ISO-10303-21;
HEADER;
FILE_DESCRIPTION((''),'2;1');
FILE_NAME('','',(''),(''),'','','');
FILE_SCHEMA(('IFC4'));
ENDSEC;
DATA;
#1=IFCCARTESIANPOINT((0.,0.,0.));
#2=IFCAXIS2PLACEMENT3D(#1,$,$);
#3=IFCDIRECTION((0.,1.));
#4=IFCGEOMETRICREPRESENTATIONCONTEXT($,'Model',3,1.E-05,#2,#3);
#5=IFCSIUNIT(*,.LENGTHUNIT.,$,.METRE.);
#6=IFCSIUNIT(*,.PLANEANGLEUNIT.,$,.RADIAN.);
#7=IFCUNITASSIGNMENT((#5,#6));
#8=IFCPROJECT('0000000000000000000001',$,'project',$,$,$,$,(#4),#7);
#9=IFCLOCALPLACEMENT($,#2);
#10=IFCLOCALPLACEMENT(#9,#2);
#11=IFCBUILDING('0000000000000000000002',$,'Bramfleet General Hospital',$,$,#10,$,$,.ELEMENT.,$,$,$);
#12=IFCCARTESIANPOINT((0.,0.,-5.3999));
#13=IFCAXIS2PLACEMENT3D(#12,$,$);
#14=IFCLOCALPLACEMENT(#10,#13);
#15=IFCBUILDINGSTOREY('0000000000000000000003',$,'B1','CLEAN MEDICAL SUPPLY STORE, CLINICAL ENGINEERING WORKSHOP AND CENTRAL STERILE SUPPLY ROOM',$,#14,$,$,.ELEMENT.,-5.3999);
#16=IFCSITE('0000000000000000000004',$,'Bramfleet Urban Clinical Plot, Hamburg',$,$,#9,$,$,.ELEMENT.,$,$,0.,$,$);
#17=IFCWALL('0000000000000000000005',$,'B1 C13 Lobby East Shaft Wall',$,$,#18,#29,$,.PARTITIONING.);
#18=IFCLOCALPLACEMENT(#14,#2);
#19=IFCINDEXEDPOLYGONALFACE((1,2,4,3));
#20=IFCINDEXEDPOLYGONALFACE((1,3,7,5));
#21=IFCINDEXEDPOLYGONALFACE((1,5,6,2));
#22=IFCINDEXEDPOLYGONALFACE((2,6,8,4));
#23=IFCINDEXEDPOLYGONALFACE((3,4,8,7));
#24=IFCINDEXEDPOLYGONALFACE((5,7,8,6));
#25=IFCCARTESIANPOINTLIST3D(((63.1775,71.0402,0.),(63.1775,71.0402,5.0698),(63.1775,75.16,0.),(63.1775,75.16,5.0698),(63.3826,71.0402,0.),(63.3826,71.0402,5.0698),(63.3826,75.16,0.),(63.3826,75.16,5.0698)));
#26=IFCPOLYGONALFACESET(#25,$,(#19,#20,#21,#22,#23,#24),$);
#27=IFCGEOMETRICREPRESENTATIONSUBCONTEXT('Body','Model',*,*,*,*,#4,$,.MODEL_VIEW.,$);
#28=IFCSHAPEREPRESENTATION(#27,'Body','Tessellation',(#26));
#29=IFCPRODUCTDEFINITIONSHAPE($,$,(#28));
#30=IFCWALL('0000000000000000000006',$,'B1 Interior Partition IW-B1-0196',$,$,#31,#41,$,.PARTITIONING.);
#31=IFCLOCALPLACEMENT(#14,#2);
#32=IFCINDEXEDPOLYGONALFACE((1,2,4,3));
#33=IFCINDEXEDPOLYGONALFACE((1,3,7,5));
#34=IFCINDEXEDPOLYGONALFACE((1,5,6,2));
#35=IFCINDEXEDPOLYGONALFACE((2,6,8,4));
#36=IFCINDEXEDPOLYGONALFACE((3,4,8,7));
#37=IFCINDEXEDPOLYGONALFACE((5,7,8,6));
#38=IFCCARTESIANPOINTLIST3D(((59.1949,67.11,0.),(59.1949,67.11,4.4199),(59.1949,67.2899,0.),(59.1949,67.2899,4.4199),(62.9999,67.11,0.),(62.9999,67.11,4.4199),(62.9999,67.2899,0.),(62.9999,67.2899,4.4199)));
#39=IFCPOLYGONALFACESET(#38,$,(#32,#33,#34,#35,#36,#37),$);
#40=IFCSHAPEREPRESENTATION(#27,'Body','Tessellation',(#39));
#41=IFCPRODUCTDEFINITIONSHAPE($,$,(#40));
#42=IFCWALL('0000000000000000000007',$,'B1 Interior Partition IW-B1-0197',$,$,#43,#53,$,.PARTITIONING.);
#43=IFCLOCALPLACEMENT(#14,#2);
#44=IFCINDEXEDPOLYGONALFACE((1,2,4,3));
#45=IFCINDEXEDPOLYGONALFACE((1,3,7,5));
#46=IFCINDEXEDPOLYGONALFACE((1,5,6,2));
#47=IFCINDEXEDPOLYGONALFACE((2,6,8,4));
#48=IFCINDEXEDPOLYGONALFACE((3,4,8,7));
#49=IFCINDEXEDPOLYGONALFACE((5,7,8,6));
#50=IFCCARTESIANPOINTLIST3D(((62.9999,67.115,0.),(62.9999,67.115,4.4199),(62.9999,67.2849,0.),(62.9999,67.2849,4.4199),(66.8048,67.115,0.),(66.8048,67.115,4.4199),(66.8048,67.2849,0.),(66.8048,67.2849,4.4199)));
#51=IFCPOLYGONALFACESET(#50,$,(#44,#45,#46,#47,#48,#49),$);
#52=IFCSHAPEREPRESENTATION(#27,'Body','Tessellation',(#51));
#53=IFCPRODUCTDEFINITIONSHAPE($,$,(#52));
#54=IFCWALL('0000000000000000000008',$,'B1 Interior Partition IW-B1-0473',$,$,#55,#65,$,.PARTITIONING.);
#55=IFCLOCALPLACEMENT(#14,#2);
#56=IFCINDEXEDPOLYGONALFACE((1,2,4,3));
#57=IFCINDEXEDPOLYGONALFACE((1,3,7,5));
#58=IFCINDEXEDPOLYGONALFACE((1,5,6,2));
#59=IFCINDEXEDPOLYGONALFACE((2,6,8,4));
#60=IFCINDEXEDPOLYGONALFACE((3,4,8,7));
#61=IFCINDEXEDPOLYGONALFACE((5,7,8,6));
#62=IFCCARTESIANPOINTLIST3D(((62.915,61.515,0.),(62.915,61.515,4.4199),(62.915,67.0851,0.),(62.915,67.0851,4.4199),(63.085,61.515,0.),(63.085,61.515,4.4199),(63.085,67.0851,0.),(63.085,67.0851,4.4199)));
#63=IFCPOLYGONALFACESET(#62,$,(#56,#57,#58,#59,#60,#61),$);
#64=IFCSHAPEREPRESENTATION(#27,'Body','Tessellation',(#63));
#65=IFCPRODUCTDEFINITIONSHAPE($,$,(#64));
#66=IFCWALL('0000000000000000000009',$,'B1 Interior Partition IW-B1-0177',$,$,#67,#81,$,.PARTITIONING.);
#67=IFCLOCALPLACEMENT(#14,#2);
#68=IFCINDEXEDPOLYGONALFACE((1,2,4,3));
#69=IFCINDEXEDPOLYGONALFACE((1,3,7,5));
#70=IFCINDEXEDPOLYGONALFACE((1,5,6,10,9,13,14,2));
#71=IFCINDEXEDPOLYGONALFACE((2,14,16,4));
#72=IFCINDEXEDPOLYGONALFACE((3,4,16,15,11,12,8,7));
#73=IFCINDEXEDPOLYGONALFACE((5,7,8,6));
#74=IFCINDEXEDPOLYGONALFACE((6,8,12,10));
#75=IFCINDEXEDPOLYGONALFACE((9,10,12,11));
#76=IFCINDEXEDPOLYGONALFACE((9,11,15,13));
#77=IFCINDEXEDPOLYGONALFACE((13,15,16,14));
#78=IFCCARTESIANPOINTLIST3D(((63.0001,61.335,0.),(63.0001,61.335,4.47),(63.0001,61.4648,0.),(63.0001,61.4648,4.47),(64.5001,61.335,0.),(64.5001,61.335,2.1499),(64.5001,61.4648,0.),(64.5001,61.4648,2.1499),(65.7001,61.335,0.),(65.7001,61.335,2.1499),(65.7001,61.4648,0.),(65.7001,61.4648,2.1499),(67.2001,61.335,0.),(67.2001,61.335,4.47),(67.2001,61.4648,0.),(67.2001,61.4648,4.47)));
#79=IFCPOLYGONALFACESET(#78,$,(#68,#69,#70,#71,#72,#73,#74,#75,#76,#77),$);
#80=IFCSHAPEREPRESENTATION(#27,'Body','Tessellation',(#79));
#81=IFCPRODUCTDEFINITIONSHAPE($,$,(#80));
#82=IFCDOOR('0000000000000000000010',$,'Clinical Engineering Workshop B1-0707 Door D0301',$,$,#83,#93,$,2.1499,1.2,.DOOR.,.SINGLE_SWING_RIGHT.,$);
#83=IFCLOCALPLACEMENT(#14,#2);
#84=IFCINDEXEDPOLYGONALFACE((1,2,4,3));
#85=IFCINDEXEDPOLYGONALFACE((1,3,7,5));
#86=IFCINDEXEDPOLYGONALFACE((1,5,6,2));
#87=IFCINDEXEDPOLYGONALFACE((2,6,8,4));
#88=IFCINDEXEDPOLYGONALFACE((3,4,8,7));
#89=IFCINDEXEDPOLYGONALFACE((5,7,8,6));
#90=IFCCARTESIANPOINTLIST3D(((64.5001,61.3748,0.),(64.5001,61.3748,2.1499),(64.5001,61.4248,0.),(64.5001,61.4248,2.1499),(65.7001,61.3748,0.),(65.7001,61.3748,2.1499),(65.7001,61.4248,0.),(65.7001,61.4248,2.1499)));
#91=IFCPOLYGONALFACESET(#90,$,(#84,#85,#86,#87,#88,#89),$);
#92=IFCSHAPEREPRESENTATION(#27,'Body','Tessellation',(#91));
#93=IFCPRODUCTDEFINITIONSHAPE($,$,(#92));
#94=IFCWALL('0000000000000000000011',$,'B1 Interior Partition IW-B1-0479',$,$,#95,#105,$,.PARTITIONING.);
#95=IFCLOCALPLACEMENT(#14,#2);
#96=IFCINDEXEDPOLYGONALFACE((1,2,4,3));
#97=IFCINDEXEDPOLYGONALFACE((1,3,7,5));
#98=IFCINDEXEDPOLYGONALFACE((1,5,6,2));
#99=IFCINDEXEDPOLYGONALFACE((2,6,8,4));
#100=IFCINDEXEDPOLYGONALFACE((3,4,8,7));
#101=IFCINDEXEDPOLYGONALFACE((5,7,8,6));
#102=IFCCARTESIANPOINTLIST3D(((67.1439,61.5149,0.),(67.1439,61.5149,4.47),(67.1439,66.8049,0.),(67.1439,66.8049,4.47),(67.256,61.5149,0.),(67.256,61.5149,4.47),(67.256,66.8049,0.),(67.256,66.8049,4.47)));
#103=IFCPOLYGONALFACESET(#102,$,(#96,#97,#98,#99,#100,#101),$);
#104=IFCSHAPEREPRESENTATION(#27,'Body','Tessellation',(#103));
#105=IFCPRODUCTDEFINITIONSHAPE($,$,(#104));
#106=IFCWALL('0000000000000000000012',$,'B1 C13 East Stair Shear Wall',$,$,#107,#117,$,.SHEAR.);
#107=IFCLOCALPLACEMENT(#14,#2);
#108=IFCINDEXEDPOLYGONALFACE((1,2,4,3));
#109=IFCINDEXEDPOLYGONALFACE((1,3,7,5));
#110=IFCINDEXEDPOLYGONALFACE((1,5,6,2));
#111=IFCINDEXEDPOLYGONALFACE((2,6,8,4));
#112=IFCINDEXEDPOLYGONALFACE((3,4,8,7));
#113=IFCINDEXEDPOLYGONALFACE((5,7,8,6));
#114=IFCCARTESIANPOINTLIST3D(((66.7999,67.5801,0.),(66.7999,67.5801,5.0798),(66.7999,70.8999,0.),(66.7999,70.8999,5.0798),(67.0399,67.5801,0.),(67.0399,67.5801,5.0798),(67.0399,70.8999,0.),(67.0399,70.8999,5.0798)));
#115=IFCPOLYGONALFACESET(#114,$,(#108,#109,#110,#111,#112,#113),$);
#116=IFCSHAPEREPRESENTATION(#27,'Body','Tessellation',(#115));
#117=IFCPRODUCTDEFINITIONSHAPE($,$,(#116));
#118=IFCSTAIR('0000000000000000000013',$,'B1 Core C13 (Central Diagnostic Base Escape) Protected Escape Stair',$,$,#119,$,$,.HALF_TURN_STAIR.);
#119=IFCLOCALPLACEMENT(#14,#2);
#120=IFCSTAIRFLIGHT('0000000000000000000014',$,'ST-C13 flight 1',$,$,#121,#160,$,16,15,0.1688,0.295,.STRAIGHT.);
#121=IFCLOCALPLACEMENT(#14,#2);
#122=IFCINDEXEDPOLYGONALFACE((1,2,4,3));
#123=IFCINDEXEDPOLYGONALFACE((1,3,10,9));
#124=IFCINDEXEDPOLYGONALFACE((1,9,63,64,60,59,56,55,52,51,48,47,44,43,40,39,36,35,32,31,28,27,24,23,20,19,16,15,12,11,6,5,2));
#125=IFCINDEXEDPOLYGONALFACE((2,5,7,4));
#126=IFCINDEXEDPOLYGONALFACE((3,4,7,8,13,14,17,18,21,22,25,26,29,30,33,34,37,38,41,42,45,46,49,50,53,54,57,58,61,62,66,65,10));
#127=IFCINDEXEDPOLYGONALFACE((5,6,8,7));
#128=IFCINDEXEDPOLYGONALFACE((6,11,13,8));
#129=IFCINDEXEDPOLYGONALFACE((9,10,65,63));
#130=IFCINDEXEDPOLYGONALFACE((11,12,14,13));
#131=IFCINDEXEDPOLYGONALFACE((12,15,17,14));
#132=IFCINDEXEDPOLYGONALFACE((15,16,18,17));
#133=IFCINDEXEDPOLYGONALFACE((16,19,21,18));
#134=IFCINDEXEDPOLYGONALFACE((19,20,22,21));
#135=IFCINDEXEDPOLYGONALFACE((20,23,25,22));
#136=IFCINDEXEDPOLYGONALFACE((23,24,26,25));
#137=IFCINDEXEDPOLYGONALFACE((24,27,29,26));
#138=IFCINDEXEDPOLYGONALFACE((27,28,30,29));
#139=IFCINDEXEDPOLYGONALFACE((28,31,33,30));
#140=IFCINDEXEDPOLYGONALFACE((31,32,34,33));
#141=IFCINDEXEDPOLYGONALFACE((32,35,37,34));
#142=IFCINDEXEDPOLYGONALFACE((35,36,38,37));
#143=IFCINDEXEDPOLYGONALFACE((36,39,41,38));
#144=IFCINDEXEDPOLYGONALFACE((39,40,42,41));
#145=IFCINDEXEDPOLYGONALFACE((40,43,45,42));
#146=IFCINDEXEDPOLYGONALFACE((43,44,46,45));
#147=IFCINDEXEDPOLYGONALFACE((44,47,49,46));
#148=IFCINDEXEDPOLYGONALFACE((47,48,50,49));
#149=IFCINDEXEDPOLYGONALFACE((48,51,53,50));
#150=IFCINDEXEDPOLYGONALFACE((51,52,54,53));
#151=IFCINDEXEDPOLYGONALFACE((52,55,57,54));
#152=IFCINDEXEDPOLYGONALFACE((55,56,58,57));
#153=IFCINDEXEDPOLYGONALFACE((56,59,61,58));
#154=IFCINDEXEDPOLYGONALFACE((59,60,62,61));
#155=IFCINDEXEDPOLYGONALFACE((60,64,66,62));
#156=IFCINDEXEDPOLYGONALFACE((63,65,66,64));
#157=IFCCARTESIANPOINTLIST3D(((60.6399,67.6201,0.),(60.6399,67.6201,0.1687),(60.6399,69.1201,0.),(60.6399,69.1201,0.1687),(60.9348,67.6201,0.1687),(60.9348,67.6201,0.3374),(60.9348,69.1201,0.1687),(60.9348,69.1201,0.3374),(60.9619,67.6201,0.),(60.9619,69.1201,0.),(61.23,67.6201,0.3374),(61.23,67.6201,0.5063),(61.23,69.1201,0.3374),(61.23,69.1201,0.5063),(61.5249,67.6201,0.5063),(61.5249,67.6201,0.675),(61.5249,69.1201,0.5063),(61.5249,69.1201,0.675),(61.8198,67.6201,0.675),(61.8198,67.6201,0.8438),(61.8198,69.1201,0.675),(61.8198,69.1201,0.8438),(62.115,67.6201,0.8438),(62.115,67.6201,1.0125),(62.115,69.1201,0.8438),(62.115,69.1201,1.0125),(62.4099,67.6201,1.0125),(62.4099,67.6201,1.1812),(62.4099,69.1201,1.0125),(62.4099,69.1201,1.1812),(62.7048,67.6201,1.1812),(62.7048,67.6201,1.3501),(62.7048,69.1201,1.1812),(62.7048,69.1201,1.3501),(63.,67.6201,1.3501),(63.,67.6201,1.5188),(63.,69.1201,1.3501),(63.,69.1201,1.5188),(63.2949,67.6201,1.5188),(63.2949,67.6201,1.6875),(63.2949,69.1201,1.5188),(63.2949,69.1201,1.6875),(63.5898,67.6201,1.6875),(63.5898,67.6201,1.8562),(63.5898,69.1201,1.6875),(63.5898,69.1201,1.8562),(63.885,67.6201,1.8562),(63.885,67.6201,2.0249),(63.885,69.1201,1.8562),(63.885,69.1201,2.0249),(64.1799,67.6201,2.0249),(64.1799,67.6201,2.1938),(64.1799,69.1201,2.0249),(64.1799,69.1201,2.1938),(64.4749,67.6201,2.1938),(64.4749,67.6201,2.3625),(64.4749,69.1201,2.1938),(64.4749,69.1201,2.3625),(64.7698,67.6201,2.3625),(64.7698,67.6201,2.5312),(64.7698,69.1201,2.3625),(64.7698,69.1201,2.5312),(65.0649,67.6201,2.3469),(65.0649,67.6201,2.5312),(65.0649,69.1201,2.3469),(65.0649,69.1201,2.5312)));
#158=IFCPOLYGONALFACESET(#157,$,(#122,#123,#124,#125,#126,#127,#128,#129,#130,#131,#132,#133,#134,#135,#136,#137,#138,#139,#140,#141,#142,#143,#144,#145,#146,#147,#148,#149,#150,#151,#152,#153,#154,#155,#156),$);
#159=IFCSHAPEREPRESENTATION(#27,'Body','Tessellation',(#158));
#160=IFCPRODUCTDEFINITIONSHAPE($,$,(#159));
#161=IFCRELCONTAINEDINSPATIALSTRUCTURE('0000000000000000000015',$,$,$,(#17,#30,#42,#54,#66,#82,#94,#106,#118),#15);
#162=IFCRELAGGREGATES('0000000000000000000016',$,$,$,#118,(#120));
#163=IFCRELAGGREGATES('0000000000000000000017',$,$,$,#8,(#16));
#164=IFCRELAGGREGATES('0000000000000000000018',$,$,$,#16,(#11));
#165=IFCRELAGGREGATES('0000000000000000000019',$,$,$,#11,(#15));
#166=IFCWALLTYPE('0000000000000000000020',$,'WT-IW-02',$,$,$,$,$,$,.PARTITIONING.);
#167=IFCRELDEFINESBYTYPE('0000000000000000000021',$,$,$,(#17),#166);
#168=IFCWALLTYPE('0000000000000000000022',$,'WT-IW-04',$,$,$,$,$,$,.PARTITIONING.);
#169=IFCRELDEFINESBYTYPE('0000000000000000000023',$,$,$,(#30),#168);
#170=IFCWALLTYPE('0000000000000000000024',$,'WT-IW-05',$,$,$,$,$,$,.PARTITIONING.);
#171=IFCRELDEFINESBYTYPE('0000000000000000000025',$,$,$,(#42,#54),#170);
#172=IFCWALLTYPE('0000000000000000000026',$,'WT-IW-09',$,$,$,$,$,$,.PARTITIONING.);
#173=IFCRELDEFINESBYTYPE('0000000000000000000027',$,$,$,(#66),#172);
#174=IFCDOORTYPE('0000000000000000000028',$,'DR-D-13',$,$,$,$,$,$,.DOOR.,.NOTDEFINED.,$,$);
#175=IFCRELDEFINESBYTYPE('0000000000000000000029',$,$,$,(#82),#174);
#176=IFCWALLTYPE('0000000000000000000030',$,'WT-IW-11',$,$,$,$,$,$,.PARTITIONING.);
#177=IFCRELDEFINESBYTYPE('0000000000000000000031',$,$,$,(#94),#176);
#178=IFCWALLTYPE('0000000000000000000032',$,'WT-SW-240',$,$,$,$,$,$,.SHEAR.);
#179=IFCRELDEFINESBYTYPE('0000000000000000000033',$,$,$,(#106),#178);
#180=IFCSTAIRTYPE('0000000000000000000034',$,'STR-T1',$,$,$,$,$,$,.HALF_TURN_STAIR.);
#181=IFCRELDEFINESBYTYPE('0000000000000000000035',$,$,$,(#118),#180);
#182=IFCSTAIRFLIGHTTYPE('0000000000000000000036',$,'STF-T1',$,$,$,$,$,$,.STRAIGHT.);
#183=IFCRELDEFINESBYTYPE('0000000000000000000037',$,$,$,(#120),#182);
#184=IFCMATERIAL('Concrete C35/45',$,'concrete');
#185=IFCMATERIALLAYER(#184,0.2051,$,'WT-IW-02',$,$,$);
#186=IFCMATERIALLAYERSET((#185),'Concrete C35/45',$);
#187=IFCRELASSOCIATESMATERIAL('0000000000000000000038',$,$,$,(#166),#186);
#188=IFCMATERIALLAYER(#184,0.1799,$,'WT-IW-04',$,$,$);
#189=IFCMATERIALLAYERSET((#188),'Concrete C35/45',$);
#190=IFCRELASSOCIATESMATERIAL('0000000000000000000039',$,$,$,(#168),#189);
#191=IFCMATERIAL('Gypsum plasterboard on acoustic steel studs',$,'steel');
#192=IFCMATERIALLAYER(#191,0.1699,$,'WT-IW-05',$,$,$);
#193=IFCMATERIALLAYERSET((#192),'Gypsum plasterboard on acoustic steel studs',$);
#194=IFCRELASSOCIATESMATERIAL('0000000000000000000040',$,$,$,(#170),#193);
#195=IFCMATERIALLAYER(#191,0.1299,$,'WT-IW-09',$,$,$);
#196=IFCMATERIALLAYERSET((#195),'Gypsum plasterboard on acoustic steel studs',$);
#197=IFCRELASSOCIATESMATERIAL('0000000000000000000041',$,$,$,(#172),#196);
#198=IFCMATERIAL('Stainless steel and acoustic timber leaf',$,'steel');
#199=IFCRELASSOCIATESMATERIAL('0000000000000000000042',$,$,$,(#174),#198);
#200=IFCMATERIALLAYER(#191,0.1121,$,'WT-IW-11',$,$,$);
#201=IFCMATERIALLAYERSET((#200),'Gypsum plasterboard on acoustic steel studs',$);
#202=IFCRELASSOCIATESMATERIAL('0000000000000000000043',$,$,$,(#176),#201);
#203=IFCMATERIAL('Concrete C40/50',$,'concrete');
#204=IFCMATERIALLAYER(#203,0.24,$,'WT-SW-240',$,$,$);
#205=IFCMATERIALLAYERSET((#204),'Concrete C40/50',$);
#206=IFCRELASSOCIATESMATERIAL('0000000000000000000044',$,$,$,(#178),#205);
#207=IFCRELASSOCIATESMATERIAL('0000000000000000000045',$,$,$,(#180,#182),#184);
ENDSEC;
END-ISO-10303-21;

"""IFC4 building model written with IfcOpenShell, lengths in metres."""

from ifc_helpers import new_model, si_unit, direction, frame, frame_2d, origin, place, context, subcontext, project, spatial, polyline, rectangle, outline, extrude, material, layer, layer_set, type_object, element, fill, aggregate, save


model = new_model("IFC4")

# Units and contexts
model_context = context("Model", 3, precision=1e-05, world=origin(), true_north=direction((0.0, 1.0)))
body_context = subcontext(model_context, "Body", "Model", "MODEL_VIEW")
ifc_project = project(units=[si_unit("LENGTHUNIT", "METRE"), si_unit("PLANEANGLEUNIT", "RADIAN")], contexts=[model_context])

# Site, building, storey
site_placement = place(None, origin())
site = spatial("IfcSite", under=ifc_project, at=site_placement, Name="Bramfleet Urban Clinical Plot, Hamburg", CompositionType="ELEMENT", RefElevation=0.0)
building_placement = place(site_placement, origin())
building = spatial("IfcBuilding", under=site, at=building_placement, Name="Bramfleet General Hospital", CompositionType="ELEMENT")
storey_placement = place(building_placement, frame((0.0, 0.0, -5.3999)))
storey = spatial("IfcBuildingStorey", under=building, at=storey_placement, Name="B1", Description="CLEAN MEDICAL SUPPLY STORE, CLINICAL ENGINEERING WORKSHOP AND CENTRAL STERILE SUPPLY ROOM", CompositionType="ELEMENT", Elevation=-5.3999)

# Shared definitions
ifc_material_1 = material(Name="Concrete C35/45", Category="concrete")

# Shared definitions
ifc_material_2 = material(Name="Concrete C40/50", Category="concrete")

# Walls
ifc_layer_1 = layer(ifc_material_1, 0.2051, Name="WT-IW-02")
ifc_layer_set_1 = layer_set([ifc_layer_1], Name="Concrete C35/45")
wall_type_1 = type_object("IfcWallType", Name="WT-IW-02", PredefinedType="PARTITIONING", material=ifc_layer_set_1)
wall_1_placement = place(storey_placement, frame((63.28, 71.04, 0.0), z_axis=(0.0, 0.0, 1.0), x_axis=(0.0, 1.0, 0.0)))
element("IfcWall", 1, at=wall_1_placement, inside=storey, type_object=wall_type_1, Name="B1 C13 Lobby East Shaft Wall", PredefinedType="PARTITIONING", context=body_context, shape_type="SweptSolid", body=[
    extrude(rectangle(XDim=4.1199, YDim=0.2051, at=frame_2d((2.0601, 0.0))), origin(), (0.0, 0.0, 1.0), 5.0698),
])
ifc_layer_2 = layer(ifc_material_1, 0.1799, Name="WT-IW-04")
ifc_layer_set_2 = layer_set([ifc_layer_2], Name="Concrete C35/45")
wall_type_2 = type_object("IfcWallType", Name="WT-IW-04", PredefinedType="PARTITIONING", material=ifc_layer_set_2)
wall_2_placement = place(storey_placement, frame((59.1951, 67.2, 0.0), z_axis=(0.0, 0.0, 1.0), x_axis=(1.0, 0.0, 0.0)))
element("IfcWall", 2, at=wall_2_placement, inside=storey, type_object=wall_type_2, Name="B1 Interior Partition IW-B1-0196", PredefinedType="PARTITIONING", context=body_context, shape_type="SweptSolid", body=[
    extrude(rectangle(XDim=3.8049, YDim=0.1799, at=frame_2d((1.9023, 0.0))), origin(), (0.0, 0.0, 1.0), 4.4199),
])
ifc_material_3 = material(Name="Gypsum plasterboard on acoustic steel studs", Category="steel")
ifc_layer_3 = layer(ifc_material_3, 0.1699, Name="WT-IW-05")
ifc_layer_set_3 = layer_set([ifc_layer_3], Name="Gypsum plasterboard on acoustic steel studs")
wall_type_3 = type_object("IfcWallType", Name="WT-IW-05", PredefinedType="PARTITIONING", material=ifc_layer_set_3)
wall_3_placement = place(storey_placement, frame((63.0, 67.2, 0.0), z_axis=(0.0, 0.0, 1.0), x_axis=(1.0, 0.0, 0.0)))
element("IfcWall", 3, at=wall_3_placement, inside=storey, type_object=wall_type_3, Name="B1 Interior Partition IW-B1-0197", PredefinedType="PARTITIONING", context=body_context, shape_type="SweptSolid", body=[
    extrude(rectangle(XDim=3.8049, YDim=0.1699, at=frame_2d((1.9023, 0.0))), origin(), (0.0, 0.0, 1.0), 4.4199),
])
wall_4_placement = place(storey_placement, frame((63.0, 61.5149, 0.0), z_axis=(0.0, 0.0, 1.0), x_axis=(0.0, 1.0, 0.0)))
element("IfcWall", 4, at=wall_4_placement, inside=storey, type_object=wall_type_3, Name="B1 Interior Partition IW-B1-0473", PredefinedType="PARTITIONING", context=body_context, shape_type="SweptSolid", body=[
    extrude(rectangle(XDim=5.5701, YDim=0.1699, at=frame_2d((2.7852, 0.0))), origin(), (0.0, 0.0, 1.0), 4.4199),
])

# Wall, opening, door
ifc_layer_4 = layer(ifc_material_3, 0.1299, Name="WT-IW-09")
ifc_layer_set_4 = layer_set([ifc_layer_4], Name="Gypsum plasterboard on acoustic steel studs")
wall_type_4 = type_object("IfcWallType", Name="WT-IW-09", PredefinedType="PARTITIONING", material=ifc_layer_set_4)
wall_5_placement = place(storey_placement, frame((63.0, 61.3999, 0.0), z_axis=(0.0, 0.0, 1.0), x_axis=(1.0, 0.0, 0.0)))
wall_5 = element("IfcWall", 5, at=wall_5_placement, inside=storey, type_object=wall_type_4, Name="B1 Interior Partition IW-B1-0177", PredefinedType="PARTITIONING", context=body_context, shape_type="SweptSolid", body=[
    extrude(rectangle(XDim=4.2, YDim=0.1299, at=frame_2d((2.1001, 0.0))), origin(), (0.0, 0.0, 1.0), 4.47),
])
opening_placement = place(wall_5_placement, frame((1.5, 0.0, 0.0)))
opening = element("IfcOpeningElement", 6, at=opening_placement, cuts=wall_5, PredefinedType="OPENING", context=body_context, shape_type="SweptSolid", body=[
    extrude(rectangle(XDim=1.2, YDim=2.1499, at=frame_2d((0.6001, 1.075))), frame((0.0, 0.075, 0.0), z_axis=(0.0, -1.0, 0.0), x_axis=(1.0, 0.0, 0.0)), (0.0, 0.0, 1.0), 0.1499),
])
ifc_material_4 = material(Name="Stainless steel and acoustic timber leaf", Category="steel")
door_type = type_object("IfcDoorType", Name="DR-D-13", OperationType="NOTDEFINED", PredefinedType="DOOR", material=ifc_material_4)
door_placement = place(opening_placement, origin())
door = element("IfcDoor", 7, at=door_placement, inside=storey, type_object=door_type, Name="Clinical Engineering Workshop B1-0707 Door D0301", OperationType="SINGLE_SWING_RIGHT", OverallHeight=2.1499, OverallWidth=1.2, PredefinedType="DOOR", context=body_context, shape_type="SweptSolid", body=[
    extrude(rectangle(XDim=1.2, YDim=2.1499, at=frame_2d((0.6001, 1.075))), frame((0.0, 0.0249, 0.0), z_axis=(0.0, -1.0, 0.0), x_axis=(1.0, 0.0, 0.0)), (0.0, 0.0, 1.0), 0.05),
])
fill(opening, door)

# Walls
ifc_layer_5 = layer(ifc_material_3, 0.1121, Name="WT-IW-11")
ifc_layer_set_5 = layer_set([ifc_layer_5], Name="Gypsum plasterboard on acoustic steel studs")
wall_type_5 = type_object("IfcWallType", Name="WT-IW-11", PredefinedType="PARTITIONING", material=ifc_layer_set_5)
wall_6_placement = place(storey_placement, frame((67.2, 61.5149, 0.0), z_axis=(0.0, 0.0, 1.0), x_axis=(0.0, 1.0, 0.0)))
element("IfcWall", 8, at=wall_6_placement, inside=storey, type_object=wall_type_5, Name="B1 Interior Partition IW-B1-0479", PredefinedType="PARTITIONING", context=body_context, shape_type="SweptSolid", body=[
    extrude(rectangle(XDim=5.29, YDim=0.1121, at=frame_2d((2.645, 0.0))), origin(), (0.0, 0.0, 1.0), 4.47),
])
ifc_layer_6 = layer(ifc_material_2, 0.24, Name="WT-SW-240")
ifc_layer_set_6 = layer_set([ifc_layer_6], Name="Concrete C40/50")
wall_type_6 = type_object("IfcWallType", Name="WT-SW-240", PredefinedType="SHEAR", material=ifc_layer_set_6)
wall_7_placement = place(storey_placement, frame((66.9199, 67.5801, 0.0), z_axis=(0.0, 0.0, 1.0), x_axis=(0.0, 1.0, 0.0)))
element("IfcWall", 9, at=wall_7_placement, inside=storey, type_object=wall_type_6, Name="B1 C13 East Stair Shear Wall", PredefinedType="SHEAR", context=body_context, shape_type="SweptSolid", body=[
    extrude(rectangle(XDim=3.3198, YDim=0.24, at=frame_2d((1.6599, 0.0))), origin(), (0.0, 0.0, 1.0), 5.0798),
])

# Stair, stair flight
stair_type = type_object("IfcStairType", Name="STR-T1", PredefinedType="HALF_TURN_STAIR", material=ifc_material_1)
stair_placement = place(storey_placement, origin())
stair = element("IfcStair", 10, at=stair_placement, inside=storey, type_object=stair_type, Name="B1 Core C13 (Central Diagnostic Base Escape) Protected Escape Stair", PredefinedType="HALF_TURN_STAIR")
stair_flight_type = type_object("IfcStairFlightType", Name="STF-T1", PredefinedType="STRAIGHT", material=ifc_material_1)
stair_flight_1_placement = place(storey_placement, frame((60.6399, 68.3701, 0.0), z_axis=(0.0, 0.0, 1.0), x_axis=(1.0, 0.0, 0.0)))
stair_flight_1 = element("IfcStairFlight", 11, at=stair_flight_1_placement, type_object=stair_flight_type, Name="ST-C13 flight 1", NumberOfRisers=16, NumberOfTreads=15, PredefinedType="STRAIGHT", RiserHeight=0.1688, TreadLength=0.295, context=body_context, shape_type="SweptSolid", body=[
    extrude(outline(polyline([(0.0, 0.0), (0.0, 0.1687), (0.2949, 0.1687), (0.2949, 0.3374), (0.5901, 0.3374), (0.5901, 0.5063), (0.885, 0.5063), (0.885, 0.675), (1.1799, 0.675), (1.1799, 0.8438), (1.4751, 0.8438), (1.4751, 1.0125), (1.77, 1.0125), (1.77, 1.1812), (2.0649, 1.1812), (2.0649, 1.3501), (2.3601, 1.3501), (2.3601, 1.5188), (2.655, 1.5188), (2.655, 1.6875), (2.95, 1.6875), (2.95, 1.8562), (3.2451, 1.8562), (3.2451, 2.0249), (3.54, 2.0249), (3.54, 2.1938), (3.835, 2.1938), (3.835, 2.3625), (4.1299, 2.3625), (4.1299, 2.5312), (4.425, 2.5312), (4.425, 2.7), (4.425, 2.3469), (0.322, 0.0), (0.0, 0.0)])), frame((0.0, 0.75, 0.0), z_axis=(0.0, -1.0, 0.0), x_axis=(1.0, 0.0, 0.0)), (0.0, 0.0, 1.0), 1.5),
])
aggregate(stair, [stair_flight_1])

save(model, "model.ifc")
